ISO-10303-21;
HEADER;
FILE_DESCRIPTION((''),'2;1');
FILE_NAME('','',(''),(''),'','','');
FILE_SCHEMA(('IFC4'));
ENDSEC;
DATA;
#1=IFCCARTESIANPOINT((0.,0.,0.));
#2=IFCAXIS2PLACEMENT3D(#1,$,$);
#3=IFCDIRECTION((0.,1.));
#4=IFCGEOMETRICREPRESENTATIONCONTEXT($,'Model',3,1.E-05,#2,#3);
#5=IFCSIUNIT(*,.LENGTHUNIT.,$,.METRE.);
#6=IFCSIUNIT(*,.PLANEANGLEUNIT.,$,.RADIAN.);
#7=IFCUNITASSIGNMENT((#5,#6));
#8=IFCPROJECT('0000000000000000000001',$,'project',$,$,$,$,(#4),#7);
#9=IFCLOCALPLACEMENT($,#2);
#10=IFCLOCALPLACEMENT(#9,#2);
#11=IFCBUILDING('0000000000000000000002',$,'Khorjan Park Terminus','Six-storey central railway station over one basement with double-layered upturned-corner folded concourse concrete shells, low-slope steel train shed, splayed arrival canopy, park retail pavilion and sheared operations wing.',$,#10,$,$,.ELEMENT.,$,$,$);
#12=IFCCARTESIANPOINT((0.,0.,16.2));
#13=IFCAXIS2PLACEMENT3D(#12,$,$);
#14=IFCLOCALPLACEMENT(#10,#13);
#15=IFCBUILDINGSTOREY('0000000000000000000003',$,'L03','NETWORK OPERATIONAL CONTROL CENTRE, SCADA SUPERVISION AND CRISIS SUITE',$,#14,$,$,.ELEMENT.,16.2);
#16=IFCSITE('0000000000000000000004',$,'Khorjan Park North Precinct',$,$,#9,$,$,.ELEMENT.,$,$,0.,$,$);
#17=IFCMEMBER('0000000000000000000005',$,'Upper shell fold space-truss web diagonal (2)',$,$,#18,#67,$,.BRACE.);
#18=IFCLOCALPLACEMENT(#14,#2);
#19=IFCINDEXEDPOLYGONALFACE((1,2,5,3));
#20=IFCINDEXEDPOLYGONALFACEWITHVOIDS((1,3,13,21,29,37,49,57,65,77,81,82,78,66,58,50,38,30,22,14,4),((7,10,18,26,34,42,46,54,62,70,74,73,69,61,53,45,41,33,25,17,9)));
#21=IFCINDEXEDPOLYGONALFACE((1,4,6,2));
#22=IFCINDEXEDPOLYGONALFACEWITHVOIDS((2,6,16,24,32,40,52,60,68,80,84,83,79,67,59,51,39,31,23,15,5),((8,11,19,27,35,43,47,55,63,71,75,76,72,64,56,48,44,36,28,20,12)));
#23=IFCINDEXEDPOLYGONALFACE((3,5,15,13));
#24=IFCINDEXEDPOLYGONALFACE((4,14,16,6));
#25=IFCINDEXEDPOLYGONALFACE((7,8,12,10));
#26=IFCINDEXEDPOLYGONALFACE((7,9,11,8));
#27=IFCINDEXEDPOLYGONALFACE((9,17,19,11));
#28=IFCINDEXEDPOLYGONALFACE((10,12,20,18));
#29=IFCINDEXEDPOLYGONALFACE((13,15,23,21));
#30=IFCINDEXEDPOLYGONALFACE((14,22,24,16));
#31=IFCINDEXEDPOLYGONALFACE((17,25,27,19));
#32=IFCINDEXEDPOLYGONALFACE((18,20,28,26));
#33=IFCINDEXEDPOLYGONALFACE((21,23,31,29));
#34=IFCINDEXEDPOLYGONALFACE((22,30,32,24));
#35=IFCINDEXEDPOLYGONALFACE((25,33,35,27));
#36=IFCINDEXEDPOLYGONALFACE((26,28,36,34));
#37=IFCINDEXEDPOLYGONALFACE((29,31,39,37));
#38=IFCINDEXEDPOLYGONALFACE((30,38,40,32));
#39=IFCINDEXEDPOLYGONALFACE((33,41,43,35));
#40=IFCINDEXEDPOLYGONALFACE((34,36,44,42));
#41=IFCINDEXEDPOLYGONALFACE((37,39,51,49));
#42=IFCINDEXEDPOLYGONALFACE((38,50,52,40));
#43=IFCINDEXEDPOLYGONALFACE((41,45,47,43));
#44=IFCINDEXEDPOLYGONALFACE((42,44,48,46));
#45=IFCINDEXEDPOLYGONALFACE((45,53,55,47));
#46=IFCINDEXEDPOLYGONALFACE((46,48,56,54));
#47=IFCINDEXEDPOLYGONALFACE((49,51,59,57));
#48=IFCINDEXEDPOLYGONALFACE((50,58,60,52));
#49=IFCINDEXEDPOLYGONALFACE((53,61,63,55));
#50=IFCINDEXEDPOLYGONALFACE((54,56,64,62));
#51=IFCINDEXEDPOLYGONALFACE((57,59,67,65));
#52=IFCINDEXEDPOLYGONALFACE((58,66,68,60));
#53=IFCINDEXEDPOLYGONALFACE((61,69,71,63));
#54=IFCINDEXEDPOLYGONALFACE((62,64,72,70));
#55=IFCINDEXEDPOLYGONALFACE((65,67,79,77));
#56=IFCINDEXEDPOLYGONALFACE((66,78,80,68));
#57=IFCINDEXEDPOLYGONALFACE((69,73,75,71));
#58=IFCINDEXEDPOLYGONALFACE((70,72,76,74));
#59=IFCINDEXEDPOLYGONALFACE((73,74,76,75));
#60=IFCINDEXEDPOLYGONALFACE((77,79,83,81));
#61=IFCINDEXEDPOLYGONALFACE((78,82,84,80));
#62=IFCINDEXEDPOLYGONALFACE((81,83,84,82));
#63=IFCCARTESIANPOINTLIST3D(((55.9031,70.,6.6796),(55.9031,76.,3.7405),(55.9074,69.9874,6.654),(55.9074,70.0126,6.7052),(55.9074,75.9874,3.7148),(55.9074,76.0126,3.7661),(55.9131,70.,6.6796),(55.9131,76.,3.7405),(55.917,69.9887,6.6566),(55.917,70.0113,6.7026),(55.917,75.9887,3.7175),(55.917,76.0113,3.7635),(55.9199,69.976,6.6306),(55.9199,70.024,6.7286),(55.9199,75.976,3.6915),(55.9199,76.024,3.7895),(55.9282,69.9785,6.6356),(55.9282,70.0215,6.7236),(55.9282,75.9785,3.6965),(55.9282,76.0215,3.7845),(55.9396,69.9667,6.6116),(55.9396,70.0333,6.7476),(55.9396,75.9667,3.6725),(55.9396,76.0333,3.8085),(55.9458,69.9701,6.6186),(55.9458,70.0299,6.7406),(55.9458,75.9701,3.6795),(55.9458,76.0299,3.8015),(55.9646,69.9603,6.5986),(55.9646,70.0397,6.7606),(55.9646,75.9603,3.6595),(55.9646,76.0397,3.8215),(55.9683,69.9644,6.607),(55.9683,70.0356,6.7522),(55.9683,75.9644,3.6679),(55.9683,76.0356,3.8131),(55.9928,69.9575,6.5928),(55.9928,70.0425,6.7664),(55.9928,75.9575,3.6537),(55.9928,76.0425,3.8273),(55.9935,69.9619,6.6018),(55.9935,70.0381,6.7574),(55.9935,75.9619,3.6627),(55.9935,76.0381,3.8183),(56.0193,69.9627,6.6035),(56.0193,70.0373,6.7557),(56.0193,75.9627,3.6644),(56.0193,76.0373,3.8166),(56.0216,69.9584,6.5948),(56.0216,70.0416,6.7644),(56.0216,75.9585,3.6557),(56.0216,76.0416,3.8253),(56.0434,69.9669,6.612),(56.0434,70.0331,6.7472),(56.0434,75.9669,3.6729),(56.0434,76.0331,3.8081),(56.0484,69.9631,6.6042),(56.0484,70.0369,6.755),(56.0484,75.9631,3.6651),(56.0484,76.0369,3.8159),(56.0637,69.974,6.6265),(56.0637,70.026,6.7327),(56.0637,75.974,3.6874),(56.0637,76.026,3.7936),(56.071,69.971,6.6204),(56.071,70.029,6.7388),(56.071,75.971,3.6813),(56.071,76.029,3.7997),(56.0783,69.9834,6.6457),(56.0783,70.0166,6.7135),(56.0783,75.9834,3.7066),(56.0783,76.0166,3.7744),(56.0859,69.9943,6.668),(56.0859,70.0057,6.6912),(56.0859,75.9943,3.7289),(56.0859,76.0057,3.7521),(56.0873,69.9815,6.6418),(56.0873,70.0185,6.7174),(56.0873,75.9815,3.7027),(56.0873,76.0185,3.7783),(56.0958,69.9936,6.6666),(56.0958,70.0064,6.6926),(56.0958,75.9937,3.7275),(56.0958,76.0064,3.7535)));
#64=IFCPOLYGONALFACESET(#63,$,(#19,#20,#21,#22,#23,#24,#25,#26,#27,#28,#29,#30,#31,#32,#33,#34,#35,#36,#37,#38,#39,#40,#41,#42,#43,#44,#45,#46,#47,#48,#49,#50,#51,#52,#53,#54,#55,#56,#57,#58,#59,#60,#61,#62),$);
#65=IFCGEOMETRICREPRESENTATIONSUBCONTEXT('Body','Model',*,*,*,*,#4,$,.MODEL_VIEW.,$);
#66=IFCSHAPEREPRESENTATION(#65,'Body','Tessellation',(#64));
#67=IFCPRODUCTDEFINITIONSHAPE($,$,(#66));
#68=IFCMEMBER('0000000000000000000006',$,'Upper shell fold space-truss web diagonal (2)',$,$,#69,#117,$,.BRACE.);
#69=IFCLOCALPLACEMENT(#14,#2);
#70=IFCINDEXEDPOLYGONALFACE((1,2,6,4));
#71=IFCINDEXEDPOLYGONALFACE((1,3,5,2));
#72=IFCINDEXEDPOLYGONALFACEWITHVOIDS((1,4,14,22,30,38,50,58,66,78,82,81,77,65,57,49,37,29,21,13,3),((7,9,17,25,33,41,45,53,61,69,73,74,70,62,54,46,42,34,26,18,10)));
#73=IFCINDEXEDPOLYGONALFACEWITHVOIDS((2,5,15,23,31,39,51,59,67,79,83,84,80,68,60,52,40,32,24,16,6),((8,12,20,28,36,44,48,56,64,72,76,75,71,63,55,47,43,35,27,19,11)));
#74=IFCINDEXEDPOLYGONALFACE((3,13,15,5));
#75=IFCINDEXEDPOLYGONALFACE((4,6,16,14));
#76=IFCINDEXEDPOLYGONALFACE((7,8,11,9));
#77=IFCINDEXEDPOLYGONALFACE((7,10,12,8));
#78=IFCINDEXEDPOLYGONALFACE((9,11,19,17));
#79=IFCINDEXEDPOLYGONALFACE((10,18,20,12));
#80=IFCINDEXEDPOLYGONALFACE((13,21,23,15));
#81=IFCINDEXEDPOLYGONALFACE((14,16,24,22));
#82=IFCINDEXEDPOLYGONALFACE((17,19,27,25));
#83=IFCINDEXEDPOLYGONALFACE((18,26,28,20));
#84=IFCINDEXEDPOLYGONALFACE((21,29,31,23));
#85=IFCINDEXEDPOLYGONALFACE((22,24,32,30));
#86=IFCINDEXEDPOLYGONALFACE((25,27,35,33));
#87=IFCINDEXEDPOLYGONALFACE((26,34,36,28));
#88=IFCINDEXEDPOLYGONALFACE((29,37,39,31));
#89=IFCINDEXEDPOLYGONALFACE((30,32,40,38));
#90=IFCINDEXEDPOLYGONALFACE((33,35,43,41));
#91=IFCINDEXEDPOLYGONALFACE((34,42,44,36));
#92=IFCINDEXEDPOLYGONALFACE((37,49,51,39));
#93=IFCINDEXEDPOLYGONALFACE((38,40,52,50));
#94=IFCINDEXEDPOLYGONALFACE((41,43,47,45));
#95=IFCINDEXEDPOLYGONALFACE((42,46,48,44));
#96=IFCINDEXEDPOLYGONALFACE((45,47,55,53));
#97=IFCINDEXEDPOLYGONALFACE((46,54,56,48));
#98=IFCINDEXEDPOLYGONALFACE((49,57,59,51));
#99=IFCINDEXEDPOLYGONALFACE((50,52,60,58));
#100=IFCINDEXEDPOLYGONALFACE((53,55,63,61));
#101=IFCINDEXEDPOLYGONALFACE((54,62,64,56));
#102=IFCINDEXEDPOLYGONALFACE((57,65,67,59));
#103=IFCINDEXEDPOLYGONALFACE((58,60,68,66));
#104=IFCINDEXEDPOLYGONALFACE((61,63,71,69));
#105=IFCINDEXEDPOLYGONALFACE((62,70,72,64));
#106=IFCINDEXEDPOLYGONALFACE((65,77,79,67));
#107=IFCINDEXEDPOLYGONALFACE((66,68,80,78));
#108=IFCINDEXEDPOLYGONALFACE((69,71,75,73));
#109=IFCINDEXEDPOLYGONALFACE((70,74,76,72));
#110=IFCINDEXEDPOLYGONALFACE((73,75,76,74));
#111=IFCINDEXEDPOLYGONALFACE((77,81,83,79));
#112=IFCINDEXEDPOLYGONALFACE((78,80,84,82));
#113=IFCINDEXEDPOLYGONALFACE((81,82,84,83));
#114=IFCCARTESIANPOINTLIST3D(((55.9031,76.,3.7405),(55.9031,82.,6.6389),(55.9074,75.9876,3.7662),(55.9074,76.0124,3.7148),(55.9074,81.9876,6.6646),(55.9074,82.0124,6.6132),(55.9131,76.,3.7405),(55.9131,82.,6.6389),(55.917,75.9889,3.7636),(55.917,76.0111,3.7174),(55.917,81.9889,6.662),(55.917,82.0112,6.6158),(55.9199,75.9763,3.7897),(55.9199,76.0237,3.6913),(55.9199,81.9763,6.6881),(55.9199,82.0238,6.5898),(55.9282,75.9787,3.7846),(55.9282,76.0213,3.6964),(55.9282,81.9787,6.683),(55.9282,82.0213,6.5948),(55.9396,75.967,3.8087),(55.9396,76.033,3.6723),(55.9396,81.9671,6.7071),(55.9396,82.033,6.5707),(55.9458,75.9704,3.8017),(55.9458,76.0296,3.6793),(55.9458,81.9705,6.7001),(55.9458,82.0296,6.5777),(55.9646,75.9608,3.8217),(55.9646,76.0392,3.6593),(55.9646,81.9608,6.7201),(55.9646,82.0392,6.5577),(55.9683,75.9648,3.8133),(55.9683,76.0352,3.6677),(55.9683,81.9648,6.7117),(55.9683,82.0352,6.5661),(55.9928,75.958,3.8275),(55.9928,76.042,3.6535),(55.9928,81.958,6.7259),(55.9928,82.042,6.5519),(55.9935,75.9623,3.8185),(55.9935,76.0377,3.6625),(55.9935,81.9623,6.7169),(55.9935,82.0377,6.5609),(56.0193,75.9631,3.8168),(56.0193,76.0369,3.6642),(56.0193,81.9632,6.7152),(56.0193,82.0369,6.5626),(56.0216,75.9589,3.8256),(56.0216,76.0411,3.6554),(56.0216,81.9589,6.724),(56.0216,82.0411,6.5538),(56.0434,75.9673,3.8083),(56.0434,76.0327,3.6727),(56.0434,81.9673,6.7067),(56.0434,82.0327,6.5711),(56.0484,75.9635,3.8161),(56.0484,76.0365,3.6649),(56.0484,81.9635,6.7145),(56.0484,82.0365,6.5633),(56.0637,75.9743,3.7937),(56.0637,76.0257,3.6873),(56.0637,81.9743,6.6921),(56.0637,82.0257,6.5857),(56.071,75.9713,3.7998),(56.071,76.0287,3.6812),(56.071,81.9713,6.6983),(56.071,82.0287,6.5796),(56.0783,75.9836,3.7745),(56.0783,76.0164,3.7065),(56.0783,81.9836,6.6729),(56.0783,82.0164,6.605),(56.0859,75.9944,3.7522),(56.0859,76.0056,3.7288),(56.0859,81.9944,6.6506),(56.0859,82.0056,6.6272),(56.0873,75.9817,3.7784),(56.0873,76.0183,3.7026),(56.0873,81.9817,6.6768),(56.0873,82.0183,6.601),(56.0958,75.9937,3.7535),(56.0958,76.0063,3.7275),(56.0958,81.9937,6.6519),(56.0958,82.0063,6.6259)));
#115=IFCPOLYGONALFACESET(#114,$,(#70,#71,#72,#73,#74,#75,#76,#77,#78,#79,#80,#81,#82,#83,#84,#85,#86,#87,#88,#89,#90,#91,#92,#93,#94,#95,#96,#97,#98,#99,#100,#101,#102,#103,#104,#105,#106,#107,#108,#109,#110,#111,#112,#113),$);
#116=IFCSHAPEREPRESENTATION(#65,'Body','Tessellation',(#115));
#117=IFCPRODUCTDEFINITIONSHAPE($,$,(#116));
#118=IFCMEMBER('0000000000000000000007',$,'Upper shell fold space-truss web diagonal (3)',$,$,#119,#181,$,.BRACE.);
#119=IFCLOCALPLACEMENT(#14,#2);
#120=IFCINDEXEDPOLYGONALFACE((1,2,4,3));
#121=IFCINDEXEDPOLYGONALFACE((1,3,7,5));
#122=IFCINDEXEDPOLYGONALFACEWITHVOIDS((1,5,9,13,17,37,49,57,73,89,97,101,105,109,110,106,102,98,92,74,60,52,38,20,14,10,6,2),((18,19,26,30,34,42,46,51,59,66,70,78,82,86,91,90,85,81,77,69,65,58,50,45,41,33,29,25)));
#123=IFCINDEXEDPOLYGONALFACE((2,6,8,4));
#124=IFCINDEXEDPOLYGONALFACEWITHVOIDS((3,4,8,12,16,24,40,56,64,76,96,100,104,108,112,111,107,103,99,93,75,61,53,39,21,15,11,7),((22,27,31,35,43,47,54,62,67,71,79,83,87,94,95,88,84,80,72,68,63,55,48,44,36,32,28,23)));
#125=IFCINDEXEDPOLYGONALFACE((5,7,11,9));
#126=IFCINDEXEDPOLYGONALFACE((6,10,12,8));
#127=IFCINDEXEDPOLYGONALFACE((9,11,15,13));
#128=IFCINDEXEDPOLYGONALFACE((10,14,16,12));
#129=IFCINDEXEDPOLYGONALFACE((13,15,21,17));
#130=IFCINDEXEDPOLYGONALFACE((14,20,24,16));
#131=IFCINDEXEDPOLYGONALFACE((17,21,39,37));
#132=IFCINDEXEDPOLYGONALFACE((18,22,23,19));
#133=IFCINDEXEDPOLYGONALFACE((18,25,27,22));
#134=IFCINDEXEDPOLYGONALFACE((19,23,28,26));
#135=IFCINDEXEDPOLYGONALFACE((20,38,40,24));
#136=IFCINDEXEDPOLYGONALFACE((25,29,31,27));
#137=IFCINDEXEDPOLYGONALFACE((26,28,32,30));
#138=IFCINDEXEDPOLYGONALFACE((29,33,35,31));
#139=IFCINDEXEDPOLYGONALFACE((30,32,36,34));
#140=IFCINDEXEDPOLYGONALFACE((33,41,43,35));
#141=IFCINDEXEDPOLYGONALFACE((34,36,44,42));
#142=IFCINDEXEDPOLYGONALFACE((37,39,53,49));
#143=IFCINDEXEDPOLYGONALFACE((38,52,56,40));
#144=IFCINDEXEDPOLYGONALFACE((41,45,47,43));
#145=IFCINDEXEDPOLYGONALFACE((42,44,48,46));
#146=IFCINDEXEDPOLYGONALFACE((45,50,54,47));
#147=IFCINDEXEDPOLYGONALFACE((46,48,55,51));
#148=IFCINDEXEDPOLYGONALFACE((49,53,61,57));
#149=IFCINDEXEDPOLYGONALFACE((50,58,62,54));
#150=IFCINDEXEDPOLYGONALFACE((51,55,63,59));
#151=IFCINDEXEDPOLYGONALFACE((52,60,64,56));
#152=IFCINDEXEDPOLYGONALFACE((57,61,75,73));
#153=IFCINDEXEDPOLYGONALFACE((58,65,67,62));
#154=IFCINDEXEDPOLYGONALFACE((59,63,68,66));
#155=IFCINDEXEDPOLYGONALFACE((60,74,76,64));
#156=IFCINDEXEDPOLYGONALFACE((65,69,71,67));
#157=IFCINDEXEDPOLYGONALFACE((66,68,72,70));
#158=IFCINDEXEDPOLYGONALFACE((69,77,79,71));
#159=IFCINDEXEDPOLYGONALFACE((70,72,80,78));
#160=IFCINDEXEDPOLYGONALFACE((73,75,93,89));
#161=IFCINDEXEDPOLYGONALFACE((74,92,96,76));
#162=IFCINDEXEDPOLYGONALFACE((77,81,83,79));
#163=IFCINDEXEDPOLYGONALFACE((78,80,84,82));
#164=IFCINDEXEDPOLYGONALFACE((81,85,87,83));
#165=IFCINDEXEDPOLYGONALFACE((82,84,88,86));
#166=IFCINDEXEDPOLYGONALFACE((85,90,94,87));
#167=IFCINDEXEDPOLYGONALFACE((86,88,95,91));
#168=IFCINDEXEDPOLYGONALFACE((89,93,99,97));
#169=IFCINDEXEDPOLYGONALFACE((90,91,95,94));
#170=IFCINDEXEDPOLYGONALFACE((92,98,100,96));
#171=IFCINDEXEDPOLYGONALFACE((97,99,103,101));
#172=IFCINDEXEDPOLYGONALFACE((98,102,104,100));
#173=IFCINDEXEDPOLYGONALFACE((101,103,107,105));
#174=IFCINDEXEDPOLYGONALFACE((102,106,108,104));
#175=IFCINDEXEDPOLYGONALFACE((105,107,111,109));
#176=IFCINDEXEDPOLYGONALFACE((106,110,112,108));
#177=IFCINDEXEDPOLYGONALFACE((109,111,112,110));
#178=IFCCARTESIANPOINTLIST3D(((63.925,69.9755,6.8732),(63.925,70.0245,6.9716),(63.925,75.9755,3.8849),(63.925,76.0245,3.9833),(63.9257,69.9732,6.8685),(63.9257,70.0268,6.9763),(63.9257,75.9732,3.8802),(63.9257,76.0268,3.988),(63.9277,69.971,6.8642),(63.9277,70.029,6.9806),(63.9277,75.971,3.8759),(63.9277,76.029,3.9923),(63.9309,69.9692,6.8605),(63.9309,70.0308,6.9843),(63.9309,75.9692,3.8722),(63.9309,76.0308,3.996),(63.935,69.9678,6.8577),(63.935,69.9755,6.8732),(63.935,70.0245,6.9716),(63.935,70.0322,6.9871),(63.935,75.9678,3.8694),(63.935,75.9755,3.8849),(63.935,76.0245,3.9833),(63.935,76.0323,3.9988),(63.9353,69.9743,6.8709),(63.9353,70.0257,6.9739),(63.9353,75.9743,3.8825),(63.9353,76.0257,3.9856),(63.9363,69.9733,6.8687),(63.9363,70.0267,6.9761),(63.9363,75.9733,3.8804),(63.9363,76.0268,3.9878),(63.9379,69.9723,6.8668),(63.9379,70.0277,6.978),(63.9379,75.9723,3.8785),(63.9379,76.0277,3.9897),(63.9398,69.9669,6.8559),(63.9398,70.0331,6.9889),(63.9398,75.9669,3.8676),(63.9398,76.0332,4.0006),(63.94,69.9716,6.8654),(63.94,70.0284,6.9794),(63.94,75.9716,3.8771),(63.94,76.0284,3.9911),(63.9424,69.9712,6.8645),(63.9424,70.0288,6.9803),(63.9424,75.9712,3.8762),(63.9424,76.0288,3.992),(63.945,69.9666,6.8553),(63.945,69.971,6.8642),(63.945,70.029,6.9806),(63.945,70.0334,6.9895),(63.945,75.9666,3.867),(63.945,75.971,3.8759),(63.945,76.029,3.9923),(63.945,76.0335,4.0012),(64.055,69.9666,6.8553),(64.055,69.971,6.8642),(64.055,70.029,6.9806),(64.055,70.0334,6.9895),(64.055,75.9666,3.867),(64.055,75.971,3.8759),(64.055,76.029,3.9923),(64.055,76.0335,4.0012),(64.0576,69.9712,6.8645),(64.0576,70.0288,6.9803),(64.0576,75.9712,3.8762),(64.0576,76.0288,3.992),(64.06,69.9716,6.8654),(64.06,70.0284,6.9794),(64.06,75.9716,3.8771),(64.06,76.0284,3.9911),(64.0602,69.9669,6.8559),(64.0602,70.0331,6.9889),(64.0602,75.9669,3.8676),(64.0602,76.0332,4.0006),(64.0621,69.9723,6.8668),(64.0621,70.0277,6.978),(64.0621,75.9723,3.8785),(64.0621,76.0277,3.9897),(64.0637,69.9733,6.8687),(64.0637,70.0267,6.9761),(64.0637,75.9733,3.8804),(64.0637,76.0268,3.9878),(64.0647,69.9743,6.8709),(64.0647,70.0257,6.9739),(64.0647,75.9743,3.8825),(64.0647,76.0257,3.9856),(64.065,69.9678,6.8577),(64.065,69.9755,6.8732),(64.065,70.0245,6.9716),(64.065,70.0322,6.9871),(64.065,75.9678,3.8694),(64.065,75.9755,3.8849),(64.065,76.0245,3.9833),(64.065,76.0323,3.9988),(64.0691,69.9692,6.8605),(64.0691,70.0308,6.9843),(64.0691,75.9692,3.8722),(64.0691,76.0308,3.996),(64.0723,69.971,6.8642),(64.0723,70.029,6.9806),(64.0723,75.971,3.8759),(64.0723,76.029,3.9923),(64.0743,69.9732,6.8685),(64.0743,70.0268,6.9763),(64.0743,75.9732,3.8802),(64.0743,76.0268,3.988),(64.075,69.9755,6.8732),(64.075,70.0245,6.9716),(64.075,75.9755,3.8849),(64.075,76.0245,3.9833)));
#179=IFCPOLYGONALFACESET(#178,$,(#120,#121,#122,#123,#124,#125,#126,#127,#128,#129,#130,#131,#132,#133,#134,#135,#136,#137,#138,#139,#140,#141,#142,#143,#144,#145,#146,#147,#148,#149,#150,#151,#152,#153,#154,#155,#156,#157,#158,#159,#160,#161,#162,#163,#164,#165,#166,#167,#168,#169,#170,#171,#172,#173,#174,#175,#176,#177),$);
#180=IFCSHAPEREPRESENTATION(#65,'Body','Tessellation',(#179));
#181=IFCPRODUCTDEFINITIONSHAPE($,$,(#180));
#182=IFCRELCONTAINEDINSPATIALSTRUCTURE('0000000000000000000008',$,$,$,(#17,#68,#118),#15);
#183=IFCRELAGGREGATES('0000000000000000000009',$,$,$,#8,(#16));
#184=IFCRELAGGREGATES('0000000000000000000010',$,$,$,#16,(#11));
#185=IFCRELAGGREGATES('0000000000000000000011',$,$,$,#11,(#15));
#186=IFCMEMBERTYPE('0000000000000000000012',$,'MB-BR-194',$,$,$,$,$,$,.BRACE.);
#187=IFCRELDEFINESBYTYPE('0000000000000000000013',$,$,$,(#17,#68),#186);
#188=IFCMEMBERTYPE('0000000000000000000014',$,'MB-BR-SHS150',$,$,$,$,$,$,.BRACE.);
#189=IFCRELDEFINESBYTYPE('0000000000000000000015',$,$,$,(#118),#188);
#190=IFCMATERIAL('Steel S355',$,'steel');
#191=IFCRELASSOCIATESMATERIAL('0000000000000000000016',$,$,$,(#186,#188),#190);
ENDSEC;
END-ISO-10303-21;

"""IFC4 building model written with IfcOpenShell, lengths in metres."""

from ifc_helpers import new_model, si_unit, direction, frame, origin, origin_2d, place, context, subcontext, project, spatial, hollow_rectangle, hollow_circle, extrude, material, material_profile, profile_set, type_object, element, save


model = new_model("IFC4")

# Units and contexts
model_context = context("Model", 3, precision=1e-05, world=origin(), true_north=direction((0.0, 1.0)))
body_context = subcontext(model_context, "Body", "Model", "MODEL_VIEW")
ifc_project = project(units=[si_unit("LENGTHUNIT", "METRE"), si_unit("PLANEANGLEUNIT", "RADIAN")], contexts=[model_context])

# Site, building, storey
site_placement = place(None, origin())
site = spatial("IfcSite", under=ifc_project, at=site_placement, Name="Khorjan Park North Precinct", CompositionType="ELEMENT", RefElevation=0.0)
building_placement = place(site_placement, origin())
building = spatial("IfcBuilding", under=site, at=building_placement, Name="Khorjan Park Terminus", Description="Six-storey central railway station over one basement with double-layered upturned-corner folded concourse concrete shells, low-slope steel train shed, splayed arrival canopy, park retail pavilion and sheared operations wing.", CompositionType="ELEMENT")
storey_placement = place(building_placement, frame((0.0, 0.0, 16.2)))
storey = spatial("IfcBuildingStorey", under=building, at=storey_placement, Name="L03", Description="NETWORK OPERATIONAL CONTROL CENTRE, SCADA SUPERVISION AND CRISIS SUITE", CompositionType="ELEMENT", Elevation=16.2)

# Members
ifc_material = material(Name="Steel S355", Category="steel")
ifc_material_profile_1 = material_profile(ifc_material, hollow_circle(Radius=0.0969, WallThickness=0.01, at=origin_2d()), Name="CHS 193.7x10")
ifc_profile_set_1 = profile_set([ifc_material_profile_1], Name="Steel S355")
member_type_1 = type_object("IfcMemberType", Name="MB-BR-194", PredefinedType="BRACE", material=ifc_profile_set_1)
member_1_placement = place(storey_placement, frame((56.0, 70.0, 6.6796), z_axis=(0.0, 0.898044, -0.439907), x_axis=(-1.0, 0.0, 0.0)))
element("IfcMember", 1, at=member_1_placement, inside=storey, type_object=member_type_1, Name="Upper shell fold space-truss web diagonal (2)", PredefinedType="BRACE", context=body_context, shape_type="SweptSolid", body=[
    extrude(hollow_circle(Radius=0.0969, WallThickness=0.01, at=origin_2d()), origin(), (0.0, 0.0, 1.0), 6.6812),
])
member_2_placement = place(storey_placement, frame((56.0, 76.0, 3.7405), z_axis=(0.0, 0.900443, 0.434974), x_axis=(-1.0, 0.0, 0.0)))
element("IfcMember", 2, at=member_2_placement, inside=storey, type_object=member_type_1, Name="Upper shell fold space-truss web diagonal (2)", PredefinedType="BRACE", context=body_context, shape_type="SweptSolid", body=[
    extrude(hollow_circle(Radius=0.0969, WallThickness=0.01, at=origin_2d()), origin(), (0.0, 0.0, 1.0), 6.6634),
])
ifc_material_profile_2 = material_profile(ifc_material, hollow_rectangle(XDim=0.15, YDim=0.15, WallThickness=0.01, InnerFilletRadius=0.01, OuterFilletRadius=0.02, at=origin_2d()), Name="SHS 150x150x10")
ifc_profile_set_2 = profile_set([ifc_material_profile_2], Name="Steel S355")
member_type_2 = type_object("IfcMemberType", Name="MB-BR-SHS150", PredefinedType="BRACE", material=ifc_profile_set_2)
member_3_placement = place(storey_placement, frame((64.0, 70.0, 6.9224), z_axis=(0.0, 0.895124, -0.445817), x_axis=(-1.0, 0.0, 0.0)))
element("IfcMember", 3, at=member_3_placement, inside=storey, type_object=member_type_2, Name="Upper shell fold space-truss web diagonal (3)", PredefinedType="BRACE", context=body_context, shape_type="SweptSolid", body=[
    extrude(hollow_rectangle(XDim=0.15, YDim=0.15, WallThickness=0.01, InnerFilletRadius=0.01, OuterFilletRadius=0.02, at=origin_2d()), origin(), (0.0, 0.0, 1.0), 6.703),
])

save(model, "model.ifc")
